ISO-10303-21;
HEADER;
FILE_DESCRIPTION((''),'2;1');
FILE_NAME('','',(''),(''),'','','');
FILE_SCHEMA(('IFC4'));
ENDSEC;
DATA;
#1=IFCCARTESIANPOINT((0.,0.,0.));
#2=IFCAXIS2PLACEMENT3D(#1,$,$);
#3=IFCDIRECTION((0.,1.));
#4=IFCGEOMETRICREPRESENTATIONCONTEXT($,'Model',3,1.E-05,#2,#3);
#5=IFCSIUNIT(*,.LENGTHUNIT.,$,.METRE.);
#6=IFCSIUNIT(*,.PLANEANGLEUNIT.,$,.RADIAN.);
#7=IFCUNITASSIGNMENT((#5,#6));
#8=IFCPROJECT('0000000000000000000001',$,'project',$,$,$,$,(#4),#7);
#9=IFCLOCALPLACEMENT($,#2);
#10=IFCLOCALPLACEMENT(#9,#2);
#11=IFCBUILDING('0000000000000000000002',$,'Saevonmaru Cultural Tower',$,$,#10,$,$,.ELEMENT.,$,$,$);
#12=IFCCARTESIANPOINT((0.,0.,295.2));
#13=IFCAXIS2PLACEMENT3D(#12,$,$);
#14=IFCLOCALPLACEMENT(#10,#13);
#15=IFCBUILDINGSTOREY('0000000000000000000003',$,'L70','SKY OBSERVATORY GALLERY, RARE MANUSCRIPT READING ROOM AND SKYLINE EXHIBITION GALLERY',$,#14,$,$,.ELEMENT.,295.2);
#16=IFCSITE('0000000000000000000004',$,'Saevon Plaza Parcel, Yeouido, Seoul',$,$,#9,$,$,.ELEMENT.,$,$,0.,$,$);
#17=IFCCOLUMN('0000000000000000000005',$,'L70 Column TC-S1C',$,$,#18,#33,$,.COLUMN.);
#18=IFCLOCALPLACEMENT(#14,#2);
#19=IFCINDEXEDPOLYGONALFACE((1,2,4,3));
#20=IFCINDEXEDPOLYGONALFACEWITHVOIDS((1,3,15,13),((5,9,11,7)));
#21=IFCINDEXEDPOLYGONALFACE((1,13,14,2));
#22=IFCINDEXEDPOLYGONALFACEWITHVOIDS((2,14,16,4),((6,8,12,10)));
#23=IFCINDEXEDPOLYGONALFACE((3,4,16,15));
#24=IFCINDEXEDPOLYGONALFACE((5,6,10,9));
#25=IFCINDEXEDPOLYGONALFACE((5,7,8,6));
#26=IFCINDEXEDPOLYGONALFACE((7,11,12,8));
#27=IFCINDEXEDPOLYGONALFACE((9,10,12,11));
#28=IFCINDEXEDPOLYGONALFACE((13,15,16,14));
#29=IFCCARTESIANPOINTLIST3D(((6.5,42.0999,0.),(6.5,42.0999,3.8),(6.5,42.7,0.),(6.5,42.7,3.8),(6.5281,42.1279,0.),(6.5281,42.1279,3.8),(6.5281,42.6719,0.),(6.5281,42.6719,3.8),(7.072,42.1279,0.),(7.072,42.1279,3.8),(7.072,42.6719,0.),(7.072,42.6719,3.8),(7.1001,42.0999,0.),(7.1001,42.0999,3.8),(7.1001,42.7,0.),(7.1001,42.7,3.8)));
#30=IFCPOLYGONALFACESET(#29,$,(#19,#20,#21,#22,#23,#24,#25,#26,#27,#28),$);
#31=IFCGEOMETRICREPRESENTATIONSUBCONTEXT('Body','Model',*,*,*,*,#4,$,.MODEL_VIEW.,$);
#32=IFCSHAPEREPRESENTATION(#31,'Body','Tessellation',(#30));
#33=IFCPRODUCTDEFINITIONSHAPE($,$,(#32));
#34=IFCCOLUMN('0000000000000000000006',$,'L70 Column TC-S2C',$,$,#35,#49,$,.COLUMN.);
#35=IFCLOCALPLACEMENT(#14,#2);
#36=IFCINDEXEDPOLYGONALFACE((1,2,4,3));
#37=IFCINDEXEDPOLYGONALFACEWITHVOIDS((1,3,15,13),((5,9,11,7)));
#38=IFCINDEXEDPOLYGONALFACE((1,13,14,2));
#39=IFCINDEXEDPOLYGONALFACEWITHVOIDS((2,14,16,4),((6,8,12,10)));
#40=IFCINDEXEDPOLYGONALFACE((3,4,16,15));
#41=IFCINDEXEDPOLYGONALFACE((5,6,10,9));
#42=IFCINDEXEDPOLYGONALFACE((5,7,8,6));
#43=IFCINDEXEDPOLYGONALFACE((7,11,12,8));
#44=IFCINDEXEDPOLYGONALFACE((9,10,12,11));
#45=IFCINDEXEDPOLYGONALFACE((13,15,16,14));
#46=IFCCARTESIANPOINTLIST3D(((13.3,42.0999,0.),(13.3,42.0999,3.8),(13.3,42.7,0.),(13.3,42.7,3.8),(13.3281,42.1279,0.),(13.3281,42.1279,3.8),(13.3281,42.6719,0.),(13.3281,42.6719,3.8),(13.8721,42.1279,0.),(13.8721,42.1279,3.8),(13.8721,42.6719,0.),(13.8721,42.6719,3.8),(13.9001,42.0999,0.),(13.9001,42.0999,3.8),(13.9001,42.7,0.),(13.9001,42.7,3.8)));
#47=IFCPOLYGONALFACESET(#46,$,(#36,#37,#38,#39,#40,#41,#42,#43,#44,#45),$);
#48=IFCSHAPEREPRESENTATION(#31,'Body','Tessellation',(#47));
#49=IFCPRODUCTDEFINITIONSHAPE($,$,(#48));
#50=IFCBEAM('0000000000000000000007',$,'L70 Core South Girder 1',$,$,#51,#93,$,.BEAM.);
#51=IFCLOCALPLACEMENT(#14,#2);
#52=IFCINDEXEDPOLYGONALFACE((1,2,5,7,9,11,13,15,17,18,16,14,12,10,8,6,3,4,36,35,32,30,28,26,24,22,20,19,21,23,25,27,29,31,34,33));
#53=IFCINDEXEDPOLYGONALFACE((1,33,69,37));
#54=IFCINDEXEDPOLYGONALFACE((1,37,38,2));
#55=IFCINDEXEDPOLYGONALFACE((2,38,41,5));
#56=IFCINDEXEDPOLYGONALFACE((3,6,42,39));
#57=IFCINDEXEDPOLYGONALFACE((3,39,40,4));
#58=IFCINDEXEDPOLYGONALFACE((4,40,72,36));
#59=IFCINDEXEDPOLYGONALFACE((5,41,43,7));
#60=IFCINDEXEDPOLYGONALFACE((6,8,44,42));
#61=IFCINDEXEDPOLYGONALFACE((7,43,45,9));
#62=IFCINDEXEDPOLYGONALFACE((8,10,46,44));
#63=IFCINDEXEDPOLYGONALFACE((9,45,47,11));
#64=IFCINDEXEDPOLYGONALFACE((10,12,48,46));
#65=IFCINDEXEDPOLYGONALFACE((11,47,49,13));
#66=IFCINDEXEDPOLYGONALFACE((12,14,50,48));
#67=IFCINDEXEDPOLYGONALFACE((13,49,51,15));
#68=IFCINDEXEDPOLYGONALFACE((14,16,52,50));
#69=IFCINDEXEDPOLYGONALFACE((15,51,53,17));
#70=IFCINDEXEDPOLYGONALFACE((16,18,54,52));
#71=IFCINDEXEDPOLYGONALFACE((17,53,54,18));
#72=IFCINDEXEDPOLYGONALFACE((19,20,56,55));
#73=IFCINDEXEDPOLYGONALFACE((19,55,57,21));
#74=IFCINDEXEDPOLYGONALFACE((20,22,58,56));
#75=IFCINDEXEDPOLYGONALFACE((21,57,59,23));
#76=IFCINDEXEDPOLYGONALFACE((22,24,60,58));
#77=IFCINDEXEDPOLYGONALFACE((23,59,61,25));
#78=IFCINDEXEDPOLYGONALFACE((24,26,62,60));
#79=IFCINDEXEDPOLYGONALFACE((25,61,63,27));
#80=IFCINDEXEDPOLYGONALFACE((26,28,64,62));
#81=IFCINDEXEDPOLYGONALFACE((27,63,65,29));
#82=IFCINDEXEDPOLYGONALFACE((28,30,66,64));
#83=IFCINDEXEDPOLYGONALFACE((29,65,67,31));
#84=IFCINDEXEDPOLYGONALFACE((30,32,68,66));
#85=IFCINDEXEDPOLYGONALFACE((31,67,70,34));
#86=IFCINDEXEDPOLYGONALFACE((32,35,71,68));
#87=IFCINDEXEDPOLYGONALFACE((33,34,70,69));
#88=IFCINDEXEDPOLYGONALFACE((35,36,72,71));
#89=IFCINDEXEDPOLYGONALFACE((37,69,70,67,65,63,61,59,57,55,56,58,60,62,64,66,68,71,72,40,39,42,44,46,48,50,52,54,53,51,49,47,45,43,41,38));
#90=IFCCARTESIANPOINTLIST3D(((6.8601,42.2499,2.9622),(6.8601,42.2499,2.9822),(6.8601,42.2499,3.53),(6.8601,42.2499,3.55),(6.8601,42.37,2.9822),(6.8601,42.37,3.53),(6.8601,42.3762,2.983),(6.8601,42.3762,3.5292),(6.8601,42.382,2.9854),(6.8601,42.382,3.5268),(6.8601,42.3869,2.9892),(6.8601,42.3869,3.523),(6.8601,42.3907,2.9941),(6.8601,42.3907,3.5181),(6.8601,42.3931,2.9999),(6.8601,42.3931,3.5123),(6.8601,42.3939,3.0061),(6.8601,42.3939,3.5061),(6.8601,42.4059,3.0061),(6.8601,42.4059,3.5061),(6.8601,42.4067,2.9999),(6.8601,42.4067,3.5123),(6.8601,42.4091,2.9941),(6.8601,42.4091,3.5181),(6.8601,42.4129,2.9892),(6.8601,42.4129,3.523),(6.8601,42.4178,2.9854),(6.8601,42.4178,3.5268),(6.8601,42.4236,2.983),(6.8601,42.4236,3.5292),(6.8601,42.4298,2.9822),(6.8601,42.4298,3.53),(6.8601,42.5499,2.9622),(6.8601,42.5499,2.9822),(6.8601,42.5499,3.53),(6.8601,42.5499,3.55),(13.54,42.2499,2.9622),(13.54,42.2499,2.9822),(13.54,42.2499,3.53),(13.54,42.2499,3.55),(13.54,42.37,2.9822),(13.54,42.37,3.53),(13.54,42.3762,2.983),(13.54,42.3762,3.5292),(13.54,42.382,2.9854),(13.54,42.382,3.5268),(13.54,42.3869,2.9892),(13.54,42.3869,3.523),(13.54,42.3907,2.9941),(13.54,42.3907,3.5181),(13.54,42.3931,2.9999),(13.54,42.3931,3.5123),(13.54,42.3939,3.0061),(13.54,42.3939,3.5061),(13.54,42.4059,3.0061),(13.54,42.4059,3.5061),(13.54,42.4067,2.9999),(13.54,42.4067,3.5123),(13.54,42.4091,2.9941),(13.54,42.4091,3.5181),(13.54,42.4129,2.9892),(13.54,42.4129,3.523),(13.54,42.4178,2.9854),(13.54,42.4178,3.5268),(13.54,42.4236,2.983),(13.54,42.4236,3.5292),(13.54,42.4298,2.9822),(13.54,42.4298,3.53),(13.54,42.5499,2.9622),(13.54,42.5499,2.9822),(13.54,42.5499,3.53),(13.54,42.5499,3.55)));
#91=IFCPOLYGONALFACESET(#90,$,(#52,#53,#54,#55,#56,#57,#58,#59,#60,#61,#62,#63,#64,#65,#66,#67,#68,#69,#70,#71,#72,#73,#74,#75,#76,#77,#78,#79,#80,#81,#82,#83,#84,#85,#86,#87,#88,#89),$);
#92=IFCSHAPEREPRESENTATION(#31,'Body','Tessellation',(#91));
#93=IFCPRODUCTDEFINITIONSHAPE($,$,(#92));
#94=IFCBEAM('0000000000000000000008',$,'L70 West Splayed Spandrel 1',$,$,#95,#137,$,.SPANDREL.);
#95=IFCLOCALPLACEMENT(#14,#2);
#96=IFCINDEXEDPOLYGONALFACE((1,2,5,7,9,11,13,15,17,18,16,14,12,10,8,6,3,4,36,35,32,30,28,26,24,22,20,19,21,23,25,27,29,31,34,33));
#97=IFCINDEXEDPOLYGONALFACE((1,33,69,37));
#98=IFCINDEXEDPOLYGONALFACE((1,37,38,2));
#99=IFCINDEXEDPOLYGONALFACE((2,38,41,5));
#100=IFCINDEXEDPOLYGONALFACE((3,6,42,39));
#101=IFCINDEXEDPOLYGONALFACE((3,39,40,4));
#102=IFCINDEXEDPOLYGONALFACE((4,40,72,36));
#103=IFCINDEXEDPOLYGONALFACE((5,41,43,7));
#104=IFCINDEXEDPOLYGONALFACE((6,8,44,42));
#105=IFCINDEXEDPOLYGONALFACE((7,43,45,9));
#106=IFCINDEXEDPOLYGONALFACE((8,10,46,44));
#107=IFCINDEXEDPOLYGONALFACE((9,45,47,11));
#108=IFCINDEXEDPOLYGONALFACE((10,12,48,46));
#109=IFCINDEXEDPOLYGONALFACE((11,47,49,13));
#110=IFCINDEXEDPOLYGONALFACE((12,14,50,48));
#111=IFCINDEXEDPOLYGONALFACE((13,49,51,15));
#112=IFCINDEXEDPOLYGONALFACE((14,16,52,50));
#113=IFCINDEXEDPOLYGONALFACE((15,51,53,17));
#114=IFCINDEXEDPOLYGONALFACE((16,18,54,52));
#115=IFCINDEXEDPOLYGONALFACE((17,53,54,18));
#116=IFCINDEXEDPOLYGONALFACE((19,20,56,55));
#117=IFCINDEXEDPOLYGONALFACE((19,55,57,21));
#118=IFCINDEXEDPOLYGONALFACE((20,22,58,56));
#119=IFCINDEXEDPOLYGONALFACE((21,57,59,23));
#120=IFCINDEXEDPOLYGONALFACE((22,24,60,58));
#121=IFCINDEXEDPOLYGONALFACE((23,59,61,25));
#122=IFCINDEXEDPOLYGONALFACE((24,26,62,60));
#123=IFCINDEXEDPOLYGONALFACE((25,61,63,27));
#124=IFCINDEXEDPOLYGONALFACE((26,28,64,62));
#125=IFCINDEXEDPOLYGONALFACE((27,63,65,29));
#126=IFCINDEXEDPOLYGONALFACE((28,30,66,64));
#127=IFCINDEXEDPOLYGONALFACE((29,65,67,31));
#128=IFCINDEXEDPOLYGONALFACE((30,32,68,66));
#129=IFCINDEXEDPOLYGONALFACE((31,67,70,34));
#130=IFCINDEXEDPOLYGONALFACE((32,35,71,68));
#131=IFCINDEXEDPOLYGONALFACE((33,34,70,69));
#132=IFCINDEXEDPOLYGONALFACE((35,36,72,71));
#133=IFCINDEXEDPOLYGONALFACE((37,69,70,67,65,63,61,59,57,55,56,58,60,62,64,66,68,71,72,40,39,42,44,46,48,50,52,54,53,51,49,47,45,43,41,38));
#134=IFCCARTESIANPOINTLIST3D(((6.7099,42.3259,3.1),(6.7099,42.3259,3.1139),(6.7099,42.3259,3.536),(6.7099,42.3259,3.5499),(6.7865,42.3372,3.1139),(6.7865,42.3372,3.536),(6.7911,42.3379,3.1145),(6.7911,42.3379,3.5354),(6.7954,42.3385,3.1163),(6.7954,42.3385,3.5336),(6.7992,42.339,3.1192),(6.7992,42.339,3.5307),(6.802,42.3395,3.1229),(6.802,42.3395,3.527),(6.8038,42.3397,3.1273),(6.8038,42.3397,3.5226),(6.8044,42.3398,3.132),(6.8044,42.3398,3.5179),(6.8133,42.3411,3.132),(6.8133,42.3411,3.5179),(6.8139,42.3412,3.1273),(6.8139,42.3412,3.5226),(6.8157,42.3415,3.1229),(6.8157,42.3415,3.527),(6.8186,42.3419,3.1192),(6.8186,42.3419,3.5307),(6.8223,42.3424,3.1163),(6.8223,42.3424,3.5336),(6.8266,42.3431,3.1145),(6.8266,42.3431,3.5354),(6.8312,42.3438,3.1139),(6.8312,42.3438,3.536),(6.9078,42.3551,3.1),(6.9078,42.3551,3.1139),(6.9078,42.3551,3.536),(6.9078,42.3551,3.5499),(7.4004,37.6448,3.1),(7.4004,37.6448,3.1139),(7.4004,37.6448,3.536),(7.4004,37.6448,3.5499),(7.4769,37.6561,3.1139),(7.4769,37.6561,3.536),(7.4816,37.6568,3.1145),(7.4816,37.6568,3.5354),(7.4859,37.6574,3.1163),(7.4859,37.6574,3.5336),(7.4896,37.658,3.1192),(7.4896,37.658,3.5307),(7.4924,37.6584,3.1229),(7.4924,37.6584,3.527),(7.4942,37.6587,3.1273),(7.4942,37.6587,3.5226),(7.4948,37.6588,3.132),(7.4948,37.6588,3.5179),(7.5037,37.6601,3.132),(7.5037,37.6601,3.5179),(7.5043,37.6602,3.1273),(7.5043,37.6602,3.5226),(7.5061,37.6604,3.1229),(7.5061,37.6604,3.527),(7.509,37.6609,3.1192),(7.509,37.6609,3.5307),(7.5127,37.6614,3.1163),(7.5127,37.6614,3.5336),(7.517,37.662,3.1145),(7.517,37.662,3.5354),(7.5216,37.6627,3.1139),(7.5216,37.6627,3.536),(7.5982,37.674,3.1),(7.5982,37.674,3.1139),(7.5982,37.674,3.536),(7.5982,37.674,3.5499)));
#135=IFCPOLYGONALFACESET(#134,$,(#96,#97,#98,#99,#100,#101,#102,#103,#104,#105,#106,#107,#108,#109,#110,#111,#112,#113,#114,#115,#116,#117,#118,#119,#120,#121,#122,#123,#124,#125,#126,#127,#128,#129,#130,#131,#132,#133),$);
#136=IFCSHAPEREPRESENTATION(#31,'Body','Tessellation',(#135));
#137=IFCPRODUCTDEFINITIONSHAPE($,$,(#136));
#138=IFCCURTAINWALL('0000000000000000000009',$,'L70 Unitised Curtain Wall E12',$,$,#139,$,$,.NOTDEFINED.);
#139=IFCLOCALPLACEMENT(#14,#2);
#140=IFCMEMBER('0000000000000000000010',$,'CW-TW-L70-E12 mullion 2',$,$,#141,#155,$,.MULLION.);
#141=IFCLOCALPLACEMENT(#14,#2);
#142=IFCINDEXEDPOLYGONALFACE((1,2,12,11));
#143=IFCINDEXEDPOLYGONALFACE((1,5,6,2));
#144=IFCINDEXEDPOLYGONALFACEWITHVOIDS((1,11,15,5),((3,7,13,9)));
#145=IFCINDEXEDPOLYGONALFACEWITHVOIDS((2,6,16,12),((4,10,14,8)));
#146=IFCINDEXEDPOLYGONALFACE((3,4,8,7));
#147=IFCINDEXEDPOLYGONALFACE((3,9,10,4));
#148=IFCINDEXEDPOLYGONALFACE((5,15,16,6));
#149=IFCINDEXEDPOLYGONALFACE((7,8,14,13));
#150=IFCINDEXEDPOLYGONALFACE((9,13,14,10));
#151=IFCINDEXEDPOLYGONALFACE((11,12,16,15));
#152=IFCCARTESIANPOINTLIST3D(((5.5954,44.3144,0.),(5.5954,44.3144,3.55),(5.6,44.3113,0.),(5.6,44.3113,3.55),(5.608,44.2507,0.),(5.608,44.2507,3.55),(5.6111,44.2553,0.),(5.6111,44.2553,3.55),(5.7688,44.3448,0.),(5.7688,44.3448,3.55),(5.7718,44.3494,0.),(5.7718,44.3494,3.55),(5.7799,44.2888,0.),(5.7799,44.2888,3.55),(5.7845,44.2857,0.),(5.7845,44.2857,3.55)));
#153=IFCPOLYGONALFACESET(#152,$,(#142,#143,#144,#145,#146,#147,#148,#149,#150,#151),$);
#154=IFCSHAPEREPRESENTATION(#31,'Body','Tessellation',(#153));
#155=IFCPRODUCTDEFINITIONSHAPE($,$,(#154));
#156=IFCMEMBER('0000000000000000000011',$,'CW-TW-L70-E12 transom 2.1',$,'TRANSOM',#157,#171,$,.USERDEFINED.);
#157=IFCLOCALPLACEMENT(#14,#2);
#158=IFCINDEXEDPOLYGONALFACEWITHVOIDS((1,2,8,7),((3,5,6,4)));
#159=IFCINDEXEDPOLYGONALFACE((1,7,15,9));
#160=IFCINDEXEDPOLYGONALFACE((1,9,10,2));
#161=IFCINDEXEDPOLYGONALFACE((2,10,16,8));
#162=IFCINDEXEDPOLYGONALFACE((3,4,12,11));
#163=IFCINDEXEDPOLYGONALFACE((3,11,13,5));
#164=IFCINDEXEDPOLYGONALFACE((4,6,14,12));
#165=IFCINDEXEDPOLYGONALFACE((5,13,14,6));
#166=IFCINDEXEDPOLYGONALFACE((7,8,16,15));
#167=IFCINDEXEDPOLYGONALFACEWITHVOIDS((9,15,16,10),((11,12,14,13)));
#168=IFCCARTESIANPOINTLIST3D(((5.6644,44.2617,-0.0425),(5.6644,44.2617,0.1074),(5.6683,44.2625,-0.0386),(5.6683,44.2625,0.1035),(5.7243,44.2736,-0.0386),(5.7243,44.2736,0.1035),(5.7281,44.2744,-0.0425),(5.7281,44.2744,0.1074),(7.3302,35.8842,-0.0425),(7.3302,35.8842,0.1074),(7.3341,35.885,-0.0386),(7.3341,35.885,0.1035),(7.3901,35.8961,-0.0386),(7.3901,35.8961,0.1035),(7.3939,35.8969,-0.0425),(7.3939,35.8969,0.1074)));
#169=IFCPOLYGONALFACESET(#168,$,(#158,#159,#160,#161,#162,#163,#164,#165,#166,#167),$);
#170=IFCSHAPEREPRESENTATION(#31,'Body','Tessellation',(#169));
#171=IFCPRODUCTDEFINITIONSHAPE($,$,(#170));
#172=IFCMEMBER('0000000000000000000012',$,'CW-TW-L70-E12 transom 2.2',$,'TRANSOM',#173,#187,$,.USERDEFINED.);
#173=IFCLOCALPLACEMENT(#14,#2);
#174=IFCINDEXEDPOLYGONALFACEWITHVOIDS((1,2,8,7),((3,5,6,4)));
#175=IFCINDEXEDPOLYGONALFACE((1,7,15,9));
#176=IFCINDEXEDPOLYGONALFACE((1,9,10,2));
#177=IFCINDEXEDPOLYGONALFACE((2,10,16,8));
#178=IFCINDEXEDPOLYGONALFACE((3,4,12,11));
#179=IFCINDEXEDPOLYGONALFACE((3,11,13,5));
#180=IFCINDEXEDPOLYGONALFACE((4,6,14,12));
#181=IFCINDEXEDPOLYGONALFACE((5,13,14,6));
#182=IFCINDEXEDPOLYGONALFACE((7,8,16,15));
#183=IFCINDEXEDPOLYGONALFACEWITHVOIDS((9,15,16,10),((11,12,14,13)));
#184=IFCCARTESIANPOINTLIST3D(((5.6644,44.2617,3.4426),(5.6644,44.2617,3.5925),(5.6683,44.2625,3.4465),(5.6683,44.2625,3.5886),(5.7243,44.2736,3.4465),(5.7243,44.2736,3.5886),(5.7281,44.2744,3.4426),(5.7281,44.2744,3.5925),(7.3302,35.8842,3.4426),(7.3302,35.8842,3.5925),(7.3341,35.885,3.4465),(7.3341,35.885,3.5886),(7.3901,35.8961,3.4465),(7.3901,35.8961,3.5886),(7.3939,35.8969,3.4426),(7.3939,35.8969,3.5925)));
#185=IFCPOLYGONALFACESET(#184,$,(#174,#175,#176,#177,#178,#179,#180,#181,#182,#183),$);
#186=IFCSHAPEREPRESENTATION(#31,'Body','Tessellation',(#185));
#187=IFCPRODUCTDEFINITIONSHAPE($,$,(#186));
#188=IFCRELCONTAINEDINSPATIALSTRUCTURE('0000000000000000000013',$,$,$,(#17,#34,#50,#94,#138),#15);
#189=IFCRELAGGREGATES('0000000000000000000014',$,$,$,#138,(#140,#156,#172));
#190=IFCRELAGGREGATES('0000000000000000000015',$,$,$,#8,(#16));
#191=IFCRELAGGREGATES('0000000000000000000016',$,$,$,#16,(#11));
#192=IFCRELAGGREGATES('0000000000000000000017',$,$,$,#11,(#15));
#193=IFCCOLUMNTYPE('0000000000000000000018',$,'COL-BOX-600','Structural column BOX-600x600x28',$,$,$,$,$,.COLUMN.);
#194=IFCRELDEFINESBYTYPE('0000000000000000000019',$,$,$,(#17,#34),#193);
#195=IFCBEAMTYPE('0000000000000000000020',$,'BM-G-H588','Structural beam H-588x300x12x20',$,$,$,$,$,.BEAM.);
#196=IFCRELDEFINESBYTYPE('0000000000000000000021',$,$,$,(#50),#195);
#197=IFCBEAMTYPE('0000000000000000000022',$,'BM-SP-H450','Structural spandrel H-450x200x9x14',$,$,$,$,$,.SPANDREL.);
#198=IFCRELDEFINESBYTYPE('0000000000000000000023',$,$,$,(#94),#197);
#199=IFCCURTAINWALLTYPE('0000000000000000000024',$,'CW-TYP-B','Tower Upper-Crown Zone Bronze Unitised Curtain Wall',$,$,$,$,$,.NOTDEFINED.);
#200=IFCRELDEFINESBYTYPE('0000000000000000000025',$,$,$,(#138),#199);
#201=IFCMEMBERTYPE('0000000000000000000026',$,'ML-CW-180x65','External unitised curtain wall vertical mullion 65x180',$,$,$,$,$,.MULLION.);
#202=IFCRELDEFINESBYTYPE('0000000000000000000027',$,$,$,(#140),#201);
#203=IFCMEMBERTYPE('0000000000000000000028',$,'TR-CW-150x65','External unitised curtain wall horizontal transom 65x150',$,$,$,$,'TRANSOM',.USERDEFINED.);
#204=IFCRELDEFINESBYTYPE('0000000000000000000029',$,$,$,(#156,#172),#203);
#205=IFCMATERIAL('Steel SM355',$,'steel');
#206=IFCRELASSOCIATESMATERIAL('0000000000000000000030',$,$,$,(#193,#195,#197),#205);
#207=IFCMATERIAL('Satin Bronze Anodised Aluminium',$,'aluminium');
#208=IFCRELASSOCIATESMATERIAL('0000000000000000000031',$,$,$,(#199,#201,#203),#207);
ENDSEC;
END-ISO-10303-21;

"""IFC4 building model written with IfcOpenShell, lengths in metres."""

from ifc_helpers import new_model, si_unit, direction, frame, origin, origin_2d, place, context, subcontext, project, spatial, hollow_rectangle, i_section, extrude, material, material_profile, profile_set, type_object, element, aggregate, save


model = new_model("IFC4")

# Units and contexts
model_context = context("Model", 3, precision=1e-05, world=origin(), true_north=direction((0.0, 1.0)))
body_context = subcontext(model_context, "Body", "Model", "MODEL_VIEW")
ifc_project = project(units=[si_unit("LENGTHUNIT", "METRE"), si_unit("PLANEANGLEUNIT", "RADIAN")], contexts=[model_context])

# Site, building, storey
site_placement = place(None, origin())
site = spatial("IfcSite", under=ifc_project, at=site_placement, Name="Saevon Plaza Parcel, Yeouido, Seoul", CompositionType="ELEMENT", RefElevation=0.0)
building_placement = place(site_placement, origin())
building = spatial("IfcBuilding", under=site, at=building_placement, Name="Saevonmaru Cultural Tower", CompositionType="ELEMENT")
storey_placement = place(building_placement, frame((0.0, 0.0, 295.2)))
storey = spatial("IfcBuildingStorey", under=building, at=storey_placement, Name="L70", Description="SKY OBSERVATORY GALLERY, RARE MANUSCRIPT READING ROOM AND SKYLINE EXHIBITION GALLERY", CompositionType="ELEMENT", Elevation=295.2)

# Columns
ifc_material_1 = material(Name="Steel SM355", Category="steel")
ifc_material_profile_1 = material_profile(ifc_material_1, hollow_rectangle(XDim=0.6001, YDim=0.6001, WallThickness=0.0281, at=origin_2d()), Name="BOX-600x600x28")
ifc_profile_set_1 = profile_set([ifc_material_profile_1], Name="Steel SM355")
column_type = type_object("IfcColumnType", Name="COL-BOX-600", Description="Structural column BOX-600x600x28", PredefinedType="COLUMN", material=ifc_profile_set_1)
for number, where, z_axis, x_axis, name in (
    (1, (6.8, 42.3999, 0.0), (0.0, 0.0, 1.0), (1.0, 0.0, 0.0), "L70 Column TC-S1C"),
    (2, (13.6001, 42.3999, 0.0), (0.0, 0.0, 1.0), (1.0, 0.0, 0.0), "L70 Column TC-S2C"),
):
    element("IfcColumn", number, at=place(storey_placement, frame(where, z_axis=z_axis, x_axis=x_axis)), inside=storey, type_object=column_type, Name=name, PredefinedType="COLUMN", context=body_context, shape_type="SweptSolid", body=[
        extrude(hollow_rectangle(XDim=0.6001, YDim=0.6001, WallThickness=0.0281, at=origin_2d()), origin(), (0.0, 0.0, 1.0), 3.8),
    ])

# Beams
ifc_material_profile_2 = material_profile(ifc_material_1, i_section(OverallWidth=0.3, OverallDepth=0.5879, WebThickness=0.012, FlangeThickness=0.02, FilletRadius=0.0239, at=origin_2d()), Name="H-588x300x12x20")
ifc_profile_set_2 = profile_set([ifc_material_profile_2], Name="Steel SM355")
beam_type_1 = type_object("IfcBeamType", Name="BM-G-H588", Description="Structural beam H-588x300x12x20", PredefinedType="BEAM", material=ifc_profile_set_2)
beam_1_placement = place(storey_placement, frame((6.8601, 42.3999, 3.2561), z_axis=(1.0, 0.0, 0.0), x_axis=(0.0, 1.0, 0.0)))
element("IfcBeam", 3, at=beam_1_placement, inside=storey, type_object=beam_type_1, Name="L70 Core South Girder 1", PredefinedType="BEAM", context=body_context, shape_type="SweptSolid", body=[
    extrude(i_section(OverallWidth=0.3, OverallDepth=0.5879, WebThickness=0.012, FlangeThickness=0.02, FilletRadius=0.0239, at=origin_2d()), origin(), (0.0, 0.0, 1.0), 6.6799),
])
ifc_material_profile_3 = material_profile(ifc_material_1, i_section(OverallWidth=0.2, OverallDepth=0.45, WebThickness=0.009, FlangeThickness=0.0139, FilletRadius=0.0181, at=origin_2d()), Name="H-450x200x9x14")
ifc_profile_set_3 = profile_set([ifc_material_profile_3], Name="Steel SM355")
beam_type_2 = type_object("IfcBeamType", Name="BM-SP-H450", Description="Structural spandrel H-450x200x9x14", PredefinedType="SPANDREL", material=ifc_profile_set_3)
beam_2_placement = place(storey_placement, frame((7.4993, 37.6594, 3.325), z_axis=(-0.145913, 0.989297, 0.0), x_axis=(-0.989297, -0.145913, 0.0)))
element("IfcBeam", 4, at=beam_2_placement, inside=storey, type_object=beam_type_2, Name="L70 West Splayed Spandrel 1", PredefinedType="SPANDREL", context=body_context, shape_type="SweptSolid", body=[
    extrude(i_section(OverallWidth=0.2, OverallDepth=0.45, WebThickness=0.009, FlangeThickness=0.0139, FilletRadius=0.0181, at=origin_2d()), origin(), (0.0, 0.0, 1.0), 4.7317),
])

# Curtain wall, members
ifc_material_2 = material(Name="Satin Bronze Anodised Aluminium", Category="aluminium")
curtain_wall_type = type_object("IfcCurtainWallType", Name="CW-TYP-B", Description="Tower Upper-Crown Zone Bronze Unitised Curtain Wall", PredefinedType="NOTDEFINED", material=ifc_material_2)
curtain_wall_placement = place(storey_placement, origin())
curtain_wall = element("IfcCurtainWall", 5, at=curtain_wall_placement, inside=storey, type_object=curtain_wall_type, Name="L70 Unitised Curtain Wall E12", PredefinedType="NOTDEFINED")
ifc_material_profile_4 = material_profile(ifc_material_2, hollow_rectangle(XDim=0.0649, YDim=0.1799, WallThickness=0.0039, at=origin_2d()), Name="ALU-MULL-180x65x4")
ifc_profile_set_4 = profile_set([ifc_material_profile_4], Name="Satin Bronze Anodised Aluminium")
member_type_1 = type_object("IfcMemberType", Name="ML-CW-180x65", Description="External unitised curtain wall vertical mullion 65x180", PredefinedType="MULLION", material=ifc_profile_set_4)
member_1_placement = place(storey_placement, frame((5.6899, 44.3, 0.0), z_axis=(0.0, 0.0, 1.0), x_axis=(0.195005, -0.980802, 0.0)))
member_1 = element("IfcMember", 6, at=member_1_placement, type_object=member_type_1, Name="CW-TW-L70-E12 mullion 2", PredefinedType="MULLION", context=body_context, shape_type="SweptSolid", body=[
    extrude(hollow_rectangle(XDim=0.0649, YDim=0.1799, WallThickness=0.0039, at=origin_2d()), origin(), (0.0, 0.0, 1.0), 3.55),
])
ifc_material_profile_5 = material_profile(ifc_material_2, hollow_rectangle(XDim=0.0649, YDim=0.1499, WallThickness=0.0039, at=origin_2d()), Name="ALU-TRAN-150x65x4")
ifc_profile_set_5 = profile_set([ifc_material_profile_5], Name="Satin Bronze Anodised Aluminium")
member_type_2 = type_object("IfcMemberType", Name="TR-CW-150x65", Description="External unitised curtain wall horizontal transom 65x150", ElementType="TRANSOM", PredefinedType="USERDEFINED", material=ifc_profile_set_5)
member_2_placement = place(storey_placement, frame((5.6963, 44.2681, 0.0325), z_axis=(0.195022, -0.980799, 0.0), x_axis=(0.980799, 0.195022, 0.0)))
member_2 = element("IfcMember", 7, at=member_2_placement, type_object=member_type_2, Name="CW-TW-L70-E12 transom 2.1", ObjectType="TRANSOM", PredefinedType="USERDEFINED", context=body_context, shape_type="SweptSolid", body=[
    extrude(hollow_rectangle(XDim=0.0649, YDim=0.1499, WallThickness=0.0039, at=origin_2d()), origin(), (0.0, 0.0, 1.0), 8.5415),
])
member_3_placement = place(storey_placement, frame((5.6963, 44.2681, 3.5176), z_axis=(0.195022, -0.980799, 0.0), x_axis=(0.980799, 0.195022, 0.0)))
member_3 = element("IfcMember", 8, at=member_3_placement, type_object=member_type_2, Name="CW-TW-L70-E12 transom 2.2", ObjectType="TRANSOM", PredefinedType="USERDEFINED", context=body_context, shape_type="SweptSolid", body=[
    extrude(hollow_rectangle(XDim=0.0649, YDim=0.1499, WallThickness=0.0039, at=origin_2d()), origin(), (0.0, 0.0, 1.0), 8.5415),
])
aggregate(curtain_wall, [member_1, member_2, member_3])

save(model, "model.ifc")
